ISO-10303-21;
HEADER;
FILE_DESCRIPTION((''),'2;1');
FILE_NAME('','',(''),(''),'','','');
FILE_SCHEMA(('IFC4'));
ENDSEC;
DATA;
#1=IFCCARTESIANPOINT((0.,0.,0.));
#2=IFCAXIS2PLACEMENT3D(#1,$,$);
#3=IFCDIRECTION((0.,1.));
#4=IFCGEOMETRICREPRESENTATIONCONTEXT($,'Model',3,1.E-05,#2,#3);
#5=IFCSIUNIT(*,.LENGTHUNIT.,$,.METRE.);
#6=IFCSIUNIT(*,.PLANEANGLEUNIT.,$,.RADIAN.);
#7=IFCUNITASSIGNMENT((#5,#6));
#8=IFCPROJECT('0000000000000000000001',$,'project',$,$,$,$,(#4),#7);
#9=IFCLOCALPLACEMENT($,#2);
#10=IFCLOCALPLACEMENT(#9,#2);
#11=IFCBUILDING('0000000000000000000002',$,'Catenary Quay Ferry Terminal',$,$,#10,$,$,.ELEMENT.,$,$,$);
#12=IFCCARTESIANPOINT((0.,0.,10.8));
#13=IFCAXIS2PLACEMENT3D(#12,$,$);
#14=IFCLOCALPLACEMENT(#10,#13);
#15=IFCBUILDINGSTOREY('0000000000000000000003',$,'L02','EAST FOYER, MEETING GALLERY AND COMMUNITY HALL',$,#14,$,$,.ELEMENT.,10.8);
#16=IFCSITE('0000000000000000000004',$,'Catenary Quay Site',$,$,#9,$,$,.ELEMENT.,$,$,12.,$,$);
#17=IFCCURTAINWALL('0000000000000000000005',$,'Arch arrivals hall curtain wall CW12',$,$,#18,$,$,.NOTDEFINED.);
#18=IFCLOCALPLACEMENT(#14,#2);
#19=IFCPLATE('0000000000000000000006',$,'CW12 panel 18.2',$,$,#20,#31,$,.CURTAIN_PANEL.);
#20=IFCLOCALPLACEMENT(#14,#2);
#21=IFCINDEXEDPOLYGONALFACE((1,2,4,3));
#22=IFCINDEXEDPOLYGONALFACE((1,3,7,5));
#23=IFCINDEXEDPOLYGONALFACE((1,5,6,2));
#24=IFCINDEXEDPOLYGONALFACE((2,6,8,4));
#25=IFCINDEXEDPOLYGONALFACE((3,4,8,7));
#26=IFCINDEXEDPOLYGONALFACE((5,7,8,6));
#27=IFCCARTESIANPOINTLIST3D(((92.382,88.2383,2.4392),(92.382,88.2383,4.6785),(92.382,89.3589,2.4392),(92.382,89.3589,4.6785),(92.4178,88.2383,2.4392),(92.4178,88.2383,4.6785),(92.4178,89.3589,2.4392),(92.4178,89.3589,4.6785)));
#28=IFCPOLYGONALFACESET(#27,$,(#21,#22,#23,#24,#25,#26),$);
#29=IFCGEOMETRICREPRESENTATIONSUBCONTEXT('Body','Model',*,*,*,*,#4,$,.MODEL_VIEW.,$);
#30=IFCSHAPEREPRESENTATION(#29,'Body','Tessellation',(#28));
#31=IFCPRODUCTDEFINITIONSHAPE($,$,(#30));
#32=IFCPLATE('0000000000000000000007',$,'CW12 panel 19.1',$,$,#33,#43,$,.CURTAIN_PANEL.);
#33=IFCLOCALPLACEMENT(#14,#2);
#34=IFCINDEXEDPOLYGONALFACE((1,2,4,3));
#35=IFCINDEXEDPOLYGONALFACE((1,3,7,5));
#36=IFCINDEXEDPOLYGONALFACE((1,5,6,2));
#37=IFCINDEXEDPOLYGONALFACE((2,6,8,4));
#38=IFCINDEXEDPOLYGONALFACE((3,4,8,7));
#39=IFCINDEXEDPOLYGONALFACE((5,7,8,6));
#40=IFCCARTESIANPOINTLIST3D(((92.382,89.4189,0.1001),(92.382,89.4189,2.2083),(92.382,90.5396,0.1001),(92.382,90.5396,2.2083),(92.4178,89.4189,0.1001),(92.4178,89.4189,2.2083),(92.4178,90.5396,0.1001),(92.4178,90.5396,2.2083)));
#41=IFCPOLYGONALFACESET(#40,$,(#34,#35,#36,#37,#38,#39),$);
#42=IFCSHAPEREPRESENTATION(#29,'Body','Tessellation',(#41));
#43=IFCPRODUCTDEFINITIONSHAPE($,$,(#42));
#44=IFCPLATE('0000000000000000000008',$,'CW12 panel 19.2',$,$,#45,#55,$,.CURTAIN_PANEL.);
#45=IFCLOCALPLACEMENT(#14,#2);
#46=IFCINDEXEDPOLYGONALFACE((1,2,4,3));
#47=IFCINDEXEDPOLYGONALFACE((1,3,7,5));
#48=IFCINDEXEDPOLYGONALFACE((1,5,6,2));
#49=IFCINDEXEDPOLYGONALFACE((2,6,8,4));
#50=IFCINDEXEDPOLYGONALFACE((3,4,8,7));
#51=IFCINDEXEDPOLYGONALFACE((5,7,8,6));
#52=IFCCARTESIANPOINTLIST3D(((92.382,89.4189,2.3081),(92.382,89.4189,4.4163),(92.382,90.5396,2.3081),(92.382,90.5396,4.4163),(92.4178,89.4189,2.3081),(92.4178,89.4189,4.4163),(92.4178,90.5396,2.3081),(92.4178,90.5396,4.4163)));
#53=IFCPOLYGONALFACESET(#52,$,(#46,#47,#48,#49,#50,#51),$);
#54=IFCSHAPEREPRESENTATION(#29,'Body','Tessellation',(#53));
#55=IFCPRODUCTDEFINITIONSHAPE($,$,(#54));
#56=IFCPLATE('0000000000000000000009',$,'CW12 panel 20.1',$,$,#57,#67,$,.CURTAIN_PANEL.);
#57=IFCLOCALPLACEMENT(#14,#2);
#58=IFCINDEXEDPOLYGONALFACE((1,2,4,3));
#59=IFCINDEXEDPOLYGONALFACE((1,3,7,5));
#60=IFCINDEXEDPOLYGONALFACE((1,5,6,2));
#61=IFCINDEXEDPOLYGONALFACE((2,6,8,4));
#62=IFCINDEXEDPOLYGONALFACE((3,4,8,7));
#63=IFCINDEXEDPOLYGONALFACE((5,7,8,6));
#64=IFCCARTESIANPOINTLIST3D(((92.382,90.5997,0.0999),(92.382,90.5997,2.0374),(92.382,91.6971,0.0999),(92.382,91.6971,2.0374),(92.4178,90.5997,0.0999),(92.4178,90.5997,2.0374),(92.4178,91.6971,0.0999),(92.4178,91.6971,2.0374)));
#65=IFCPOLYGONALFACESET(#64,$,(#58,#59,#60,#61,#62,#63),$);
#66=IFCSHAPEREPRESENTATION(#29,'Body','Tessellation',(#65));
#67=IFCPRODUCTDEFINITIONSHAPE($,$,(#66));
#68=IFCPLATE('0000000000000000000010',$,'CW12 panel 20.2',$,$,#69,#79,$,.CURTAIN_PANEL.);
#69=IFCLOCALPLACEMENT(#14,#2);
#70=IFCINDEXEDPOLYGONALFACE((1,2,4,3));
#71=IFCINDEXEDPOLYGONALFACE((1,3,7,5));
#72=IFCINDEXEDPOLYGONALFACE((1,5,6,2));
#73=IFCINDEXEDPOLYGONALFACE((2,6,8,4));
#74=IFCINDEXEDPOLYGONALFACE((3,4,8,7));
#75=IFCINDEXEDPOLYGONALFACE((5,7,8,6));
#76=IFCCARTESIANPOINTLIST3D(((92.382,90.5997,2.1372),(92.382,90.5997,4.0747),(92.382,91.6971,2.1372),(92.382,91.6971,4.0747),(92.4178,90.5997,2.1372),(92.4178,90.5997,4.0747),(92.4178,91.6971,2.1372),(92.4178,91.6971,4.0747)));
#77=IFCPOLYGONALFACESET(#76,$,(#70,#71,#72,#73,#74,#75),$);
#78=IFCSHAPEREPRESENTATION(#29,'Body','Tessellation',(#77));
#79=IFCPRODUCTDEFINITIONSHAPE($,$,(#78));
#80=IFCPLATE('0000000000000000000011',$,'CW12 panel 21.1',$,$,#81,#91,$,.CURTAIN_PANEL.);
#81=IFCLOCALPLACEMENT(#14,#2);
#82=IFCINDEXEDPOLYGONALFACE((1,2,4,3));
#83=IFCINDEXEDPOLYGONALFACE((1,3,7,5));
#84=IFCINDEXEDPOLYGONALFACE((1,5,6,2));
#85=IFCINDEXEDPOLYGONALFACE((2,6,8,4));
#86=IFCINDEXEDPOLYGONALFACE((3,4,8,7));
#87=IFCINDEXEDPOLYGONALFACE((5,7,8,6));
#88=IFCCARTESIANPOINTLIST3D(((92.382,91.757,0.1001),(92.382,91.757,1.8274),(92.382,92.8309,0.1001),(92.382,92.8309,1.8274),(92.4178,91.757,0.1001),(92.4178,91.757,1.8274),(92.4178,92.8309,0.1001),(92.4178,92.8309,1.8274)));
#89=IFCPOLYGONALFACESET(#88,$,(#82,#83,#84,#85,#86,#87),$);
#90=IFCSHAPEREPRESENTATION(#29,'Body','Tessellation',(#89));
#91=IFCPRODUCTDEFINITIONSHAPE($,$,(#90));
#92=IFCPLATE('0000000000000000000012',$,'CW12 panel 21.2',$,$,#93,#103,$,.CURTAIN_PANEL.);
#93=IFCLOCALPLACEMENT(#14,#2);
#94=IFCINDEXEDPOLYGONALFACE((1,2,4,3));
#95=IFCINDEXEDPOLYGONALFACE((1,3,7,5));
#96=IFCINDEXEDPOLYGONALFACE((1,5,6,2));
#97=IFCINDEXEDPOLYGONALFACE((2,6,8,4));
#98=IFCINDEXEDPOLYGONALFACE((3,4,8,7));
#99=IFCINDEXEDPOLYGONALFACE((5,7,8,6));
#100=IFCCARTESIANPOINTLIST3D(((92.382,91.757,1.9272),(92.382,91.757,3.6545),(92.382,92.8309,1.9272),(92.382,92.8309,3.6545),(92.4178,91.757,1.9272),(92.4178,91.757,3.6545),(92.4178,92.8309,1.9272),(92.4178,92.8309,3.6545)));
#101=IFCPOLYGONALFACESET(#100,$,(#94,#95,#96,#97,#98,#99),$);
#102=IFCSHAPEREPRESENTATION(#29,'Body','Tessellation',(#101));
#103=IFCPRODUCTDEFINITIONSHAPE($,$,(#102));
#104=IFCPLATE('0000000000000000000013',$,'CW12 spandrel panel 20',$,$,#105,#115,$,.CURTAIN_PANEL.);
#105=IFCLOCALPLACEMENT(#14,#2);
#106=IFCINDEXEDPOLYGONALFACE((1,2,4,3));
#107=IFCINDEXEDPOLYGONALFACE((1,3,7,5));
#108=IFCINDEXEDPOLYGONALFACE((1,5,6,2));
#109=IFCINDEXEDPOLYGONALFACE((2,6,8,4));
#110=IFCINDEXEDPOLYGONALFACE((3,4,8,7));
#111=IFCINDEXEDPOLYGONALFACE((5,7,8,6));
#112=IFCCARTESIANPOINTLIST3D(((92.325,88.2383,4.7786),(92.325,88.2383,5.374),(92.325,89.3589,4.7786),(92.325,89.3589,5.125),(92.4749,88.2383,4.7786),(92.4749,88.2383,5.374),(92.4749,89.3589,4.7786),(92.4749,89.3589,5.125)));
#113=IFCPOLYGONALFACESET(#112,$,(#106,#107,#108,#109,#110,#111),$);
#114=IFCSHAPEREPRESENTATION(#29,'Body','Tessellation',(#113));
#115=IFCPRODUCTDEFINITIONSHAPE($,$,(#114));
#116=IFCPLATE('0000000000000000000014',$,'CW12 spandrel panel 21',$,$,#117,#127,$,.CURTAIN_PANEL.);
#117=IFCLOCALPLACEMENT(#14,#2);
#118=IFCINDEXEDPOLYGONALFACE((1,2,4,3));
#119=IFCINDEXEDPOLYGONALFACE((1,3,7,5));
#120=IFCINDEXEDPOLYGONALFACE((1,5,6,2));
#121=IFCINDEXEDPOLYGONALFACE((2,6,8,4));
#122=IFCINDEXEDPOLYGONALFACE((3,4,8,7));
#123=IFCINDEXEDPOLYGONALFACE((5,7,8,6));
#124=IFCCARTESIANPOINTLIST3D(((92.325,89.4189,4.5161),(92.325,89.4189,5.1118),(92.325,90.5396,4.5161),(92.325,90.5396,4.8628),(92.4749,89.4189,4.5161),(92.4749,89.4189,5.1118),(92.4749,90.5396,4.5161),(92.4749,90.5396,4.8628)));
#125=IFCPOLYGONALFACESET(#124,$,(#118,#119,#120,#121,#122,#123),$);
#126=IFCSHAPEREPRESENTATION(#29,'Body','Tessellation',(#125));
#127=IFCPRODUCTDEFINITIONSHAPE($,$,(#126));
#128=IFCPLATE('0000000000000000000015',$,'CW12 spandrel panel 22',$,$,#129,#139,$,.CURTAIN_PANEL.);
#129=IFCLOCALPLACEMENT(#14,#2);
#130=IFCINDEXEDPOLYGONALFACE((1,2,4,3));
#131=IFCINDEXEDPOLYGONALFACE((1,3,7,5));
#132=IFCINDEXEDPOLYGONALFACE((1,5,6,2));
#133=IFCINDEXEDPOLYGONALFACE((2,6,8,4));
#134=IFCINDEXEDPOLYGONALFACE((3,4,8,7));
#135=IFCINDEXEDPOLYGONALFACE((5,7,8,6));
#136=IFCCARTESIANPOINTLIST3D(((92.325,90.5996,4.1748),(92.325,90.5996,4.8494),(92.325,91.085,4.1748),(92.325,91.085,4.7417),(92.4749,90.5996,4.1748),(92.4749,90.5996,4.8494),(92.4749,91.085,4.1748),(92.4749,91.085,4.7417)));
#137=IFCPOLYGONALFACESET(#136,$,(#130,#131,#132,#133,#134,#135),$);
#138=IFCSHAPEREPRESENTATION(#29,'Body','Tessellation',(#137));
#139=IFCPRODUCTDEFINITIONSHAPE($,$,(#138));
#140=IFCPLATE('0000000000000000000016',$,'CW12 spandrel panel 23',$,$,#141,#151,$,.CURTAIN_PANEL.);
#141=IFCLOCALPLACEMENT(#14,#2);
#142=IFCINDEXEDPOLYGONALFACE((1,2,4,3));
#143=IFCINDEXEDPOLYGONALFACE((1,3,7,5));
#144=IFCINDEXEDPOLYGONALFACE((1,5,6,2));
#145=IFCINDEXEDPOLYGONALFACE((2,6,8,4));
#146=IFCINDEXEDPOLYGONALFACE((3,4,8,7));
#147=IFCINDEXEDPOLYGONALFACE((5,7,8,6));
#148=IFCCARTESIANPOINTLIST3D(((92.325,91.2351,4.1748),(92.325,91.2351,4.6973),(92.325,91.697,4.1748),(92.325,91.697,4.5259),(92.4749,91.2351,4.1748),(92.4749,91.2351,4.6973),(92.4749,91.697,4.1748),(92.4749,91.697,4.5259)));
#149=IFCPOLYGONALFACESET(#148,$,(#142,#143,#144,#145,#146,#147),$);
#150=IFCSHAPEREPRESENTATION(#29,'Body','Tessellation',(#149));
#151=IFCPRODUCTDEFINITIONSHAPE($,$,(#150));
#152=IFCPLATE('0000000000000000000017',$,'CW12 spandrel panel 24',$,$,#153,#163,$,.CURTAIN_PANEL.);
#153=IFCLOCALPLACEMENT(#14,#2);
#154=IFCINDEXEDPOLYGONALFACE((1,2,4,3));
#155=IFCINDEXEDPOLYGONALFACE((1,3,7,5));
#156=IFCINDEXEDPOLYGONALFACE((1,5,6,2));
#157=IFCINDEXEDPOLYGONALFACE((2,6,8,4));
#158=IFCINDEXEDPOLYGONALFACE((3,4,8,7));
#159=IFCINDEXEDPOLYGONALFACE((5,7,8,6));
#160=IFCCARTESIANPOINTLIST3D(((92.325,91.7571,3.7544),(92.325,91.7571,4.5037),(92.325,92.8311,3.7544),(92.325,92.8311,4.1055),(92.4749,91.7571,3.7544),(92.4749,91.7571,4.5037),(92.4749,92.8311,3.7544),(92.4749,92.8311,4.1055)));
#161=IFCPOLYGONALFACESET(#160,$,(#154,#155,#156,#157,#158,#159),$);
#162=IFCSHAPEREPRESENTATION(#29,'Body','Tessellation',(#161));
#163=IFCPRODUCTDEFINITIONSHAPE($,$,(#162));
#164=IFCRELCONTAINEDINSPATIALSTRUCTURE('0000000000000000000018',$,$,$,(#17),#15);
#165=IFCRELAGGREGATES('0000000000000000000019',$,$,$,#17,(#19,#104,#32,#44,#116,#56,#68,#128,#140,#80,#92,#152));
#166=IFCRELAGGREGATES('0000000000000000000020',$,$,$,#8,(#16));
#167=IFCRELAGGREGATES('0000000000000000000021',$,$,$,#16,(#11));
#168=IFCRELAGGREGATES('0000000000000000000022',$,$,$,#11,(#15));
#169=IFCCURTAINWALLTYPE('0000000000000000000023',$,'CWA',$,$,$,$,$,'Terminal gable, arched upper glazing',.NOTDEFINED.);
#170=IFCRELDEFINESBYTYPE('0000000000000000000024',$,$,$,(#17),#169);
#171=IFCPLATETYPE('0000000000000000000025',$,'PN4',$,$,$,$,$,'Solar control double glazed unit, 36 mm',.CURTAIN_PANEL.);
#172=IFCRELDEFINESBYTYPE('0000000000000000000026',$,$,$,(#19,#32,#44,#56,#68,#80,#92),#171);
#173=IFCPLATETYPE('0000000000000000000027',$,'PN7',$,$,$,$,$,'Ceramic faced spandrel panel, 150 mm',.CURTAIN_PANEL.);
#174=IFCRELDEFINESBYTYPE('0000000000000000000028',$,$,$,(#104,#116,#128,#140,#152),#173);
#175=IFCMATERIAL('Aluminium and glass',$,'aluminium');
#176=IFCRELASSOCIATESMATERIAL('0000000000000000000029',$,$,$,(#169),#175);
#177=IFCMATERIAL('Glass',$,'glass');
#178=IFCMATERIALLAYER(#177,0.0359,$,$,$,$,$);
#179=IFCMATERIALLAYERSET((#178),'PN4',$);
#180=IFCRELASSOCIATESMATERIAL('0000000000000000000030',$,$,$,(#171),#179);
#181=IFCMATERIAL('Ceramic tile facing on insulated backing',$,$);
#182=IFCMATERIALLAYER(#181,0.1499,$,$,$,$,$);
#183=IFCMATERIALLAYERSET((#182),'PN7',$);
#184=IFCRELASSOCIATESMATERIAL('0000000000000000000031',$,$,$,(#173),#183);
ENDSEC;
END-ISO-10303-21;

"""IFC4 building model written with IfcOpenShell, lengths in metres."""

from ifc_helpers import new_model, si_unit, direction, frame, origin, origin_2d, place, context, subcontext, project, spatial, polyline, rectangle, outline, extrude, material, layer, layer_set, type_object, element, aggregate, save


model = new_model("IFC4")

# Units and contexts
model_context = context("Model", 3, precision=1e-05, world=origin(), true_north=direction((0.0, 1.0)))
body_context = subcontext(model_context, "Body", "Model", "MODEL_VIEW")
ifc_project = project(units=[si_unit("LENGTHUNIT", "METRE"), si_unit("PLANEANGLEUNIT", "RADIAN")], contexts=[model_context])

# Site, building, storey
site_placement = place(None, origin())
site = spatial("IfcSite", under=ifc_project, at=site_placement, Name="Catenary Quay Site", CompositionType="ELEMENT", RefElevation=12.0)
building_placement = place(site_placement, origin())
building = spatial("IfcBuilding", under=site, at=building_placement, Name="Catenary Quay Ferry Terminal", CompositionType="ELEMENT")
storey_placement = place(building_placement, frame((0.0, 0.0, 10.8)))
storey = spatial("IfcBuildingStorey", under=building, at=storey_placement, Name="L02", Description="EAST FOYER, MEETING GALLERY AND COMMUNITY HALL", CompositionType="ELEMENT", Elevation=10.8)

# Curtain wall
ifc_material_1 = material(Name="Aluminium and glass", Category="aluminium")
curtain_wall_type = type_object("IfcCurtainWallType", Name="CWA", ElementType="Terminal gable, arched upper glazing", PredefinedType="NOTDEFINED", material=ifc_material_1)
curtain_wall_placement = place(storey_placement, origin())
curtain_wall = element("IfcCurtainWall", 1, at=curtain_wall_placement, inside=storey, type_object=curtain_wall_type, Name="Arch arrivals hall curtain wall CW12", PredefinedType="NOTDEFINED")

# Plates
ifc_material_2 = material(Name="Glass", Category="glass")
ifc_layer_1 = layer(ifc_material_2, 0.0359)
ifc_layer_set_1 = layer_set([ifc_layer_1], Name="PN4")
plate_type_1 = type_object("IfcPlateType", Name="PN4", ElementType="Solar control double glazed unit, 36 mm", PredefinedType="CURTAIN_PANEL", material=ifc_layer_set_1)
plate_1_placement = place(storey_placement, frame((92.3999, 88.7986, 2.4392), z_axis=(0.0, 0.0, 1.0), x_axis=(0.0, 1.0, 0.0)))
plate_1 = element("IfcPlate", 2, at=plate_1_placement, type_object=plate_type_1, Name="CW12 panel 18.2", PredefinedType="CURTAIN_PANEL", context=body_context, shape_type="SweptSolid", body=[
    extrude(rectangle(XDim=1.1206, YDim=0.0359, at=origin_2d()), origin(), (0.0, 0.0, 1.0), 2.2393),
])
plate_2_placement = place(storey_placement, frame((92.3999, 89.9792, 0.1001), z_axis=(0.0, 0.0, 1.0), x_axis=(0.0, 1.0, 0.0)))
plate_2 = element("IfcPlate", 3, at=plate_2_placement, type_object=plate_type_1, Name="CW12 panel 19.1", PredefinedType="CURTAIN_PANEL", context=body_context, shape_type="SweptSolid", body=[
    extrude(rectangle(XDim=1.1206, YDim=0.0359, at=origin_2d()), origin(), (0.0, 0.0, 1.0), 2.1082),
])
plate_3_placement = place(storey_placement, frame((92.3999, 89.9792, 2.3081), z_axis=(0.0, 0.0, 1.0), x_axis=(0.0, 1.0, 0.0)))
plate_3 = element("IfcPlate", 4, at=plate_3_placement, type_object=plate_type_1, Name="CW12 panel 19.2", PredefinedType="CURTAIN_PANEL", context=body_context, shape_type="SweptSolid", body=[
    extrude(rectangle(XDim=1.1206, YDim=0.0359, at=origin_2d()), origin(), (0.0, 0.0, 1.0), 2.1082),
])
plate_4_placement = place(storey_placement, frame((92.3999, 91.1484, 0.0999), z_axis=(0.0, 0.0, 1.0), x_axis=(0.0, 1.0, 0.0)))
plate_4 = element("IfcPlate", 5, at=plate_4_placement, type_object=plate_type_1, Name="CW12 panel 20.1", PredefinedType="CURTAIN_PANEL", context=body_context, shape_type="SweptSolid", body=[
    extrude(rectangle(XDim=1.0974, YDim=0.0359, at=origin_2d()), origin(), (0.0, 0.0, 1.0), 1.9375),
])
plate_5_placement = place(storey_placement, frame((92.3999, 91.1484, 2.1372), z_axis=(0.0, 0.0, 1.0), x_axis=(0.0, 1.0, 0.0)))
plate_5 = element("IfcPlate", 6, at=plate_5_placement, type_object=plate_type_1, Name="CW12 panel 20.2", PredefinedType="CURTAIN_PANEL", context=body_context, shape_type="SweptSolid", body=[
    extrude(rectangle(XDim=1.0974, YDim=0.0359, at=origin_2d()), origin(), (0.0, 0.0, 1.0), 1.9375),
])
plate_6_placement = place(storey_placement, frame((92.3999, 92.2939, 0.1001), z_axis=(0.0, 0.0, 1.0), x_axis=(0.0, 1.0, 0.0)))
plate_6 = element("IfcPlate", 7, at=plate_6_placement, type_object=plate_type_1, Name="CW12 panel 21.1", PredefinedType="CURTAIN_PANEL", context=body_context, shape_type="SweptSolid", body=[
    extrude(rectangle(XDim=1.074, YDim=0.0359, at=origin_2d()), origin(), (0.0, 0.0, 1.0), 1.7273),
])
plate_7_placement = place(storey_placement, frame((92.3999, 92.2939, 1.9272), z_axis=(0.0, 0.0, 1.0), x_axis=(0.0, 1.0, 0.0)))
plate_7 = element("IfcPlate", 8, at=plate_7_placement, type_object=plate_type_1, Name="CW12 panel 21.2", PredefinedType="CURTAIN_PANEL", context=body_context, shape_type="SweptSolid", body=[
    extrude(rectangle(XDim=1.074, YDim=0.0359, at=origin_2d()), origin(), (0.0, 0.0, 1.0), 1.7273),
])
ifc_material_3 = material(Name="Ceramic tile facing on insulated backing")
ifc_layer_2 = layer(ifc_material_3, 0.1499)
ifc_layer_set_2 = layer_set([ifc_layer_2], Name="PN7")
plate_type_2 = type_object("IfcPlateType", Name="PN7", ElementType="Ceramic faced spandrel panel, 150 mm", PredefinedType="CURTAIN_PANEL", material=ifc_layer_set_2)
plate_8_placement = place(storey_placement, frame((92.3999, 88.2383, 4.7786), z_axis=(0.0, 0.0, 1.0), x_axis=(0.0, 1.0, 0.0)))
plate_8 = element("IfcPlate", 9, at=plate_8_placement, type_object=plate_type_2, Name="CW12 spandrel panel 20", PredefinedType="CURTAIN_PANEL", context=body_context, shape_type="SweptSolid", body=[
    extrude(outline(polyline([(0.0, 0.0), (1.1206, 0.0), (1.1206, 0.3464), (0.0, 0.5955), (0.0, 0.0)])), frame((0.0, 0.075, 0.0), z_axis=(0.0, -1.0, 0.0), x_axis=(1.0, 0.0, 0.0)), (0.0, 0.0, 1.0), 0.1499),
])
plate_9_placement = place(storey_placement, frame((92.3999, 89.4189, 4.5161), z_axis=(0.0, 0.0, 1.0), x_axis=(0.0, 1.0, 0.0)))
plate_9 = element("IfcPlate", 10, at=plate_9_placement, type_object=plate_type_2, Name="CW12 spandrel panel 21", PredefinedType="CURTAIN_PANEL", context=body_context, shape_type="SweptSolid", body=[
    extrude(outline(polyline([(0.0, 0.0), (1.1206, 0.0), (1.1206, 0.3467), (0.0, 0.5957), (0.0, 0.0)])), frame((0.0, 0.075, 0.0), z_axis=(0.0, -1.0, 0.0), x_axis=(1.0, 0.0, 0.0)), (0.0, 0.0, 1.0), 0.1499),
])
plate_10_placement = place(storey_placement, frame((92.3999, 90.5996, 4.1748), z_axis=(0.0, 0.0, 1.0), x_axis=(0.0, 1.0, 0.0)))
plate_10 = element("IfcPlate", 11, at=plate_10_placement, type_object=plate_type_2, Name="CW12 spandrel panel 22", PredefinedType="CURTAIN_PANEL", context=body_context, shape_type="SweptSolid", body=[
    extrude(outline(polyline([(0.0, 0.0), (0.4854, 0.0), (0.4854, 0.5669), (0.0, 0.6746), (0.0, 0.0)])), frame((0.0, 0.075, 0.0), z_axis=(0.0, -1.0, 0.0), x_axis=(1.0, 0.0, 0.0)), (0.0, 0.0, 1.0), 0.1499),
])
plate_11_placement = place(storey_placement, frame((92.3999, 91.2351, 4.1748), z_axis=(0.0, 0.0, 1.0), x_axis=(0.0, 1.0, 0.0)))
plate_11 = element("IfcPlate", 12, at=plate_11_placement, type_object=plate_type_2, Name="CW12 spandrel panel 23", PredefinedType="CURTAIN_PANEL", context=body_context, shape_type="SweptSolid", body=[
    extrude(outline(polyline([(0.0, 0.0), (0.4619, 0.0), (0.4619, 0.3511), (0.0, 0.5225), (0.0, 0.0)])), frame((0.0, 0.075, 0.0), z_axis=(0.0, -1.0, 0.0), x_axis=(1.0, 0.0, 0.0)), (0.0, 0.0, 1.0), 0.1499),
])
plate_12_placement = place(storey_placement, frame((92.3999, 91.7571, 3.7544), z_axis=(0.0, 0.0, 1.0), x_axis=(0.0, 1.0, 0.0)))
plate_12 = element("IfcPlate", 13, at=plate_12_placement, type_object=plate_type_2, Name="CW12 spandrel panel 24", PredefinedType="CURTAIN_PANEL", context=body_context, shape_type="SweptSolid", body=[
    extrude(outline(polyline([(0.0, 0.0), (1.074, 0.0), (1.074, 0.3511), (0.0, 0.7493), (0.0, 0.0)])), frame((0.0, 0.075, 0.0), z_axis=(0.0, -1.0, 0.0), x_axis=(1.0, 0.0, 0.0)), (0.0, 0.0, 1.0), 0.1499),
])
aggregate(curtain_wall, [plate_1, plate_8, plate_2, plate_3, plate_9, plate_4, plate_5, plate_10, plate_11, plate_6, plate_7, plate_12])

save(model, "model.ifc")
